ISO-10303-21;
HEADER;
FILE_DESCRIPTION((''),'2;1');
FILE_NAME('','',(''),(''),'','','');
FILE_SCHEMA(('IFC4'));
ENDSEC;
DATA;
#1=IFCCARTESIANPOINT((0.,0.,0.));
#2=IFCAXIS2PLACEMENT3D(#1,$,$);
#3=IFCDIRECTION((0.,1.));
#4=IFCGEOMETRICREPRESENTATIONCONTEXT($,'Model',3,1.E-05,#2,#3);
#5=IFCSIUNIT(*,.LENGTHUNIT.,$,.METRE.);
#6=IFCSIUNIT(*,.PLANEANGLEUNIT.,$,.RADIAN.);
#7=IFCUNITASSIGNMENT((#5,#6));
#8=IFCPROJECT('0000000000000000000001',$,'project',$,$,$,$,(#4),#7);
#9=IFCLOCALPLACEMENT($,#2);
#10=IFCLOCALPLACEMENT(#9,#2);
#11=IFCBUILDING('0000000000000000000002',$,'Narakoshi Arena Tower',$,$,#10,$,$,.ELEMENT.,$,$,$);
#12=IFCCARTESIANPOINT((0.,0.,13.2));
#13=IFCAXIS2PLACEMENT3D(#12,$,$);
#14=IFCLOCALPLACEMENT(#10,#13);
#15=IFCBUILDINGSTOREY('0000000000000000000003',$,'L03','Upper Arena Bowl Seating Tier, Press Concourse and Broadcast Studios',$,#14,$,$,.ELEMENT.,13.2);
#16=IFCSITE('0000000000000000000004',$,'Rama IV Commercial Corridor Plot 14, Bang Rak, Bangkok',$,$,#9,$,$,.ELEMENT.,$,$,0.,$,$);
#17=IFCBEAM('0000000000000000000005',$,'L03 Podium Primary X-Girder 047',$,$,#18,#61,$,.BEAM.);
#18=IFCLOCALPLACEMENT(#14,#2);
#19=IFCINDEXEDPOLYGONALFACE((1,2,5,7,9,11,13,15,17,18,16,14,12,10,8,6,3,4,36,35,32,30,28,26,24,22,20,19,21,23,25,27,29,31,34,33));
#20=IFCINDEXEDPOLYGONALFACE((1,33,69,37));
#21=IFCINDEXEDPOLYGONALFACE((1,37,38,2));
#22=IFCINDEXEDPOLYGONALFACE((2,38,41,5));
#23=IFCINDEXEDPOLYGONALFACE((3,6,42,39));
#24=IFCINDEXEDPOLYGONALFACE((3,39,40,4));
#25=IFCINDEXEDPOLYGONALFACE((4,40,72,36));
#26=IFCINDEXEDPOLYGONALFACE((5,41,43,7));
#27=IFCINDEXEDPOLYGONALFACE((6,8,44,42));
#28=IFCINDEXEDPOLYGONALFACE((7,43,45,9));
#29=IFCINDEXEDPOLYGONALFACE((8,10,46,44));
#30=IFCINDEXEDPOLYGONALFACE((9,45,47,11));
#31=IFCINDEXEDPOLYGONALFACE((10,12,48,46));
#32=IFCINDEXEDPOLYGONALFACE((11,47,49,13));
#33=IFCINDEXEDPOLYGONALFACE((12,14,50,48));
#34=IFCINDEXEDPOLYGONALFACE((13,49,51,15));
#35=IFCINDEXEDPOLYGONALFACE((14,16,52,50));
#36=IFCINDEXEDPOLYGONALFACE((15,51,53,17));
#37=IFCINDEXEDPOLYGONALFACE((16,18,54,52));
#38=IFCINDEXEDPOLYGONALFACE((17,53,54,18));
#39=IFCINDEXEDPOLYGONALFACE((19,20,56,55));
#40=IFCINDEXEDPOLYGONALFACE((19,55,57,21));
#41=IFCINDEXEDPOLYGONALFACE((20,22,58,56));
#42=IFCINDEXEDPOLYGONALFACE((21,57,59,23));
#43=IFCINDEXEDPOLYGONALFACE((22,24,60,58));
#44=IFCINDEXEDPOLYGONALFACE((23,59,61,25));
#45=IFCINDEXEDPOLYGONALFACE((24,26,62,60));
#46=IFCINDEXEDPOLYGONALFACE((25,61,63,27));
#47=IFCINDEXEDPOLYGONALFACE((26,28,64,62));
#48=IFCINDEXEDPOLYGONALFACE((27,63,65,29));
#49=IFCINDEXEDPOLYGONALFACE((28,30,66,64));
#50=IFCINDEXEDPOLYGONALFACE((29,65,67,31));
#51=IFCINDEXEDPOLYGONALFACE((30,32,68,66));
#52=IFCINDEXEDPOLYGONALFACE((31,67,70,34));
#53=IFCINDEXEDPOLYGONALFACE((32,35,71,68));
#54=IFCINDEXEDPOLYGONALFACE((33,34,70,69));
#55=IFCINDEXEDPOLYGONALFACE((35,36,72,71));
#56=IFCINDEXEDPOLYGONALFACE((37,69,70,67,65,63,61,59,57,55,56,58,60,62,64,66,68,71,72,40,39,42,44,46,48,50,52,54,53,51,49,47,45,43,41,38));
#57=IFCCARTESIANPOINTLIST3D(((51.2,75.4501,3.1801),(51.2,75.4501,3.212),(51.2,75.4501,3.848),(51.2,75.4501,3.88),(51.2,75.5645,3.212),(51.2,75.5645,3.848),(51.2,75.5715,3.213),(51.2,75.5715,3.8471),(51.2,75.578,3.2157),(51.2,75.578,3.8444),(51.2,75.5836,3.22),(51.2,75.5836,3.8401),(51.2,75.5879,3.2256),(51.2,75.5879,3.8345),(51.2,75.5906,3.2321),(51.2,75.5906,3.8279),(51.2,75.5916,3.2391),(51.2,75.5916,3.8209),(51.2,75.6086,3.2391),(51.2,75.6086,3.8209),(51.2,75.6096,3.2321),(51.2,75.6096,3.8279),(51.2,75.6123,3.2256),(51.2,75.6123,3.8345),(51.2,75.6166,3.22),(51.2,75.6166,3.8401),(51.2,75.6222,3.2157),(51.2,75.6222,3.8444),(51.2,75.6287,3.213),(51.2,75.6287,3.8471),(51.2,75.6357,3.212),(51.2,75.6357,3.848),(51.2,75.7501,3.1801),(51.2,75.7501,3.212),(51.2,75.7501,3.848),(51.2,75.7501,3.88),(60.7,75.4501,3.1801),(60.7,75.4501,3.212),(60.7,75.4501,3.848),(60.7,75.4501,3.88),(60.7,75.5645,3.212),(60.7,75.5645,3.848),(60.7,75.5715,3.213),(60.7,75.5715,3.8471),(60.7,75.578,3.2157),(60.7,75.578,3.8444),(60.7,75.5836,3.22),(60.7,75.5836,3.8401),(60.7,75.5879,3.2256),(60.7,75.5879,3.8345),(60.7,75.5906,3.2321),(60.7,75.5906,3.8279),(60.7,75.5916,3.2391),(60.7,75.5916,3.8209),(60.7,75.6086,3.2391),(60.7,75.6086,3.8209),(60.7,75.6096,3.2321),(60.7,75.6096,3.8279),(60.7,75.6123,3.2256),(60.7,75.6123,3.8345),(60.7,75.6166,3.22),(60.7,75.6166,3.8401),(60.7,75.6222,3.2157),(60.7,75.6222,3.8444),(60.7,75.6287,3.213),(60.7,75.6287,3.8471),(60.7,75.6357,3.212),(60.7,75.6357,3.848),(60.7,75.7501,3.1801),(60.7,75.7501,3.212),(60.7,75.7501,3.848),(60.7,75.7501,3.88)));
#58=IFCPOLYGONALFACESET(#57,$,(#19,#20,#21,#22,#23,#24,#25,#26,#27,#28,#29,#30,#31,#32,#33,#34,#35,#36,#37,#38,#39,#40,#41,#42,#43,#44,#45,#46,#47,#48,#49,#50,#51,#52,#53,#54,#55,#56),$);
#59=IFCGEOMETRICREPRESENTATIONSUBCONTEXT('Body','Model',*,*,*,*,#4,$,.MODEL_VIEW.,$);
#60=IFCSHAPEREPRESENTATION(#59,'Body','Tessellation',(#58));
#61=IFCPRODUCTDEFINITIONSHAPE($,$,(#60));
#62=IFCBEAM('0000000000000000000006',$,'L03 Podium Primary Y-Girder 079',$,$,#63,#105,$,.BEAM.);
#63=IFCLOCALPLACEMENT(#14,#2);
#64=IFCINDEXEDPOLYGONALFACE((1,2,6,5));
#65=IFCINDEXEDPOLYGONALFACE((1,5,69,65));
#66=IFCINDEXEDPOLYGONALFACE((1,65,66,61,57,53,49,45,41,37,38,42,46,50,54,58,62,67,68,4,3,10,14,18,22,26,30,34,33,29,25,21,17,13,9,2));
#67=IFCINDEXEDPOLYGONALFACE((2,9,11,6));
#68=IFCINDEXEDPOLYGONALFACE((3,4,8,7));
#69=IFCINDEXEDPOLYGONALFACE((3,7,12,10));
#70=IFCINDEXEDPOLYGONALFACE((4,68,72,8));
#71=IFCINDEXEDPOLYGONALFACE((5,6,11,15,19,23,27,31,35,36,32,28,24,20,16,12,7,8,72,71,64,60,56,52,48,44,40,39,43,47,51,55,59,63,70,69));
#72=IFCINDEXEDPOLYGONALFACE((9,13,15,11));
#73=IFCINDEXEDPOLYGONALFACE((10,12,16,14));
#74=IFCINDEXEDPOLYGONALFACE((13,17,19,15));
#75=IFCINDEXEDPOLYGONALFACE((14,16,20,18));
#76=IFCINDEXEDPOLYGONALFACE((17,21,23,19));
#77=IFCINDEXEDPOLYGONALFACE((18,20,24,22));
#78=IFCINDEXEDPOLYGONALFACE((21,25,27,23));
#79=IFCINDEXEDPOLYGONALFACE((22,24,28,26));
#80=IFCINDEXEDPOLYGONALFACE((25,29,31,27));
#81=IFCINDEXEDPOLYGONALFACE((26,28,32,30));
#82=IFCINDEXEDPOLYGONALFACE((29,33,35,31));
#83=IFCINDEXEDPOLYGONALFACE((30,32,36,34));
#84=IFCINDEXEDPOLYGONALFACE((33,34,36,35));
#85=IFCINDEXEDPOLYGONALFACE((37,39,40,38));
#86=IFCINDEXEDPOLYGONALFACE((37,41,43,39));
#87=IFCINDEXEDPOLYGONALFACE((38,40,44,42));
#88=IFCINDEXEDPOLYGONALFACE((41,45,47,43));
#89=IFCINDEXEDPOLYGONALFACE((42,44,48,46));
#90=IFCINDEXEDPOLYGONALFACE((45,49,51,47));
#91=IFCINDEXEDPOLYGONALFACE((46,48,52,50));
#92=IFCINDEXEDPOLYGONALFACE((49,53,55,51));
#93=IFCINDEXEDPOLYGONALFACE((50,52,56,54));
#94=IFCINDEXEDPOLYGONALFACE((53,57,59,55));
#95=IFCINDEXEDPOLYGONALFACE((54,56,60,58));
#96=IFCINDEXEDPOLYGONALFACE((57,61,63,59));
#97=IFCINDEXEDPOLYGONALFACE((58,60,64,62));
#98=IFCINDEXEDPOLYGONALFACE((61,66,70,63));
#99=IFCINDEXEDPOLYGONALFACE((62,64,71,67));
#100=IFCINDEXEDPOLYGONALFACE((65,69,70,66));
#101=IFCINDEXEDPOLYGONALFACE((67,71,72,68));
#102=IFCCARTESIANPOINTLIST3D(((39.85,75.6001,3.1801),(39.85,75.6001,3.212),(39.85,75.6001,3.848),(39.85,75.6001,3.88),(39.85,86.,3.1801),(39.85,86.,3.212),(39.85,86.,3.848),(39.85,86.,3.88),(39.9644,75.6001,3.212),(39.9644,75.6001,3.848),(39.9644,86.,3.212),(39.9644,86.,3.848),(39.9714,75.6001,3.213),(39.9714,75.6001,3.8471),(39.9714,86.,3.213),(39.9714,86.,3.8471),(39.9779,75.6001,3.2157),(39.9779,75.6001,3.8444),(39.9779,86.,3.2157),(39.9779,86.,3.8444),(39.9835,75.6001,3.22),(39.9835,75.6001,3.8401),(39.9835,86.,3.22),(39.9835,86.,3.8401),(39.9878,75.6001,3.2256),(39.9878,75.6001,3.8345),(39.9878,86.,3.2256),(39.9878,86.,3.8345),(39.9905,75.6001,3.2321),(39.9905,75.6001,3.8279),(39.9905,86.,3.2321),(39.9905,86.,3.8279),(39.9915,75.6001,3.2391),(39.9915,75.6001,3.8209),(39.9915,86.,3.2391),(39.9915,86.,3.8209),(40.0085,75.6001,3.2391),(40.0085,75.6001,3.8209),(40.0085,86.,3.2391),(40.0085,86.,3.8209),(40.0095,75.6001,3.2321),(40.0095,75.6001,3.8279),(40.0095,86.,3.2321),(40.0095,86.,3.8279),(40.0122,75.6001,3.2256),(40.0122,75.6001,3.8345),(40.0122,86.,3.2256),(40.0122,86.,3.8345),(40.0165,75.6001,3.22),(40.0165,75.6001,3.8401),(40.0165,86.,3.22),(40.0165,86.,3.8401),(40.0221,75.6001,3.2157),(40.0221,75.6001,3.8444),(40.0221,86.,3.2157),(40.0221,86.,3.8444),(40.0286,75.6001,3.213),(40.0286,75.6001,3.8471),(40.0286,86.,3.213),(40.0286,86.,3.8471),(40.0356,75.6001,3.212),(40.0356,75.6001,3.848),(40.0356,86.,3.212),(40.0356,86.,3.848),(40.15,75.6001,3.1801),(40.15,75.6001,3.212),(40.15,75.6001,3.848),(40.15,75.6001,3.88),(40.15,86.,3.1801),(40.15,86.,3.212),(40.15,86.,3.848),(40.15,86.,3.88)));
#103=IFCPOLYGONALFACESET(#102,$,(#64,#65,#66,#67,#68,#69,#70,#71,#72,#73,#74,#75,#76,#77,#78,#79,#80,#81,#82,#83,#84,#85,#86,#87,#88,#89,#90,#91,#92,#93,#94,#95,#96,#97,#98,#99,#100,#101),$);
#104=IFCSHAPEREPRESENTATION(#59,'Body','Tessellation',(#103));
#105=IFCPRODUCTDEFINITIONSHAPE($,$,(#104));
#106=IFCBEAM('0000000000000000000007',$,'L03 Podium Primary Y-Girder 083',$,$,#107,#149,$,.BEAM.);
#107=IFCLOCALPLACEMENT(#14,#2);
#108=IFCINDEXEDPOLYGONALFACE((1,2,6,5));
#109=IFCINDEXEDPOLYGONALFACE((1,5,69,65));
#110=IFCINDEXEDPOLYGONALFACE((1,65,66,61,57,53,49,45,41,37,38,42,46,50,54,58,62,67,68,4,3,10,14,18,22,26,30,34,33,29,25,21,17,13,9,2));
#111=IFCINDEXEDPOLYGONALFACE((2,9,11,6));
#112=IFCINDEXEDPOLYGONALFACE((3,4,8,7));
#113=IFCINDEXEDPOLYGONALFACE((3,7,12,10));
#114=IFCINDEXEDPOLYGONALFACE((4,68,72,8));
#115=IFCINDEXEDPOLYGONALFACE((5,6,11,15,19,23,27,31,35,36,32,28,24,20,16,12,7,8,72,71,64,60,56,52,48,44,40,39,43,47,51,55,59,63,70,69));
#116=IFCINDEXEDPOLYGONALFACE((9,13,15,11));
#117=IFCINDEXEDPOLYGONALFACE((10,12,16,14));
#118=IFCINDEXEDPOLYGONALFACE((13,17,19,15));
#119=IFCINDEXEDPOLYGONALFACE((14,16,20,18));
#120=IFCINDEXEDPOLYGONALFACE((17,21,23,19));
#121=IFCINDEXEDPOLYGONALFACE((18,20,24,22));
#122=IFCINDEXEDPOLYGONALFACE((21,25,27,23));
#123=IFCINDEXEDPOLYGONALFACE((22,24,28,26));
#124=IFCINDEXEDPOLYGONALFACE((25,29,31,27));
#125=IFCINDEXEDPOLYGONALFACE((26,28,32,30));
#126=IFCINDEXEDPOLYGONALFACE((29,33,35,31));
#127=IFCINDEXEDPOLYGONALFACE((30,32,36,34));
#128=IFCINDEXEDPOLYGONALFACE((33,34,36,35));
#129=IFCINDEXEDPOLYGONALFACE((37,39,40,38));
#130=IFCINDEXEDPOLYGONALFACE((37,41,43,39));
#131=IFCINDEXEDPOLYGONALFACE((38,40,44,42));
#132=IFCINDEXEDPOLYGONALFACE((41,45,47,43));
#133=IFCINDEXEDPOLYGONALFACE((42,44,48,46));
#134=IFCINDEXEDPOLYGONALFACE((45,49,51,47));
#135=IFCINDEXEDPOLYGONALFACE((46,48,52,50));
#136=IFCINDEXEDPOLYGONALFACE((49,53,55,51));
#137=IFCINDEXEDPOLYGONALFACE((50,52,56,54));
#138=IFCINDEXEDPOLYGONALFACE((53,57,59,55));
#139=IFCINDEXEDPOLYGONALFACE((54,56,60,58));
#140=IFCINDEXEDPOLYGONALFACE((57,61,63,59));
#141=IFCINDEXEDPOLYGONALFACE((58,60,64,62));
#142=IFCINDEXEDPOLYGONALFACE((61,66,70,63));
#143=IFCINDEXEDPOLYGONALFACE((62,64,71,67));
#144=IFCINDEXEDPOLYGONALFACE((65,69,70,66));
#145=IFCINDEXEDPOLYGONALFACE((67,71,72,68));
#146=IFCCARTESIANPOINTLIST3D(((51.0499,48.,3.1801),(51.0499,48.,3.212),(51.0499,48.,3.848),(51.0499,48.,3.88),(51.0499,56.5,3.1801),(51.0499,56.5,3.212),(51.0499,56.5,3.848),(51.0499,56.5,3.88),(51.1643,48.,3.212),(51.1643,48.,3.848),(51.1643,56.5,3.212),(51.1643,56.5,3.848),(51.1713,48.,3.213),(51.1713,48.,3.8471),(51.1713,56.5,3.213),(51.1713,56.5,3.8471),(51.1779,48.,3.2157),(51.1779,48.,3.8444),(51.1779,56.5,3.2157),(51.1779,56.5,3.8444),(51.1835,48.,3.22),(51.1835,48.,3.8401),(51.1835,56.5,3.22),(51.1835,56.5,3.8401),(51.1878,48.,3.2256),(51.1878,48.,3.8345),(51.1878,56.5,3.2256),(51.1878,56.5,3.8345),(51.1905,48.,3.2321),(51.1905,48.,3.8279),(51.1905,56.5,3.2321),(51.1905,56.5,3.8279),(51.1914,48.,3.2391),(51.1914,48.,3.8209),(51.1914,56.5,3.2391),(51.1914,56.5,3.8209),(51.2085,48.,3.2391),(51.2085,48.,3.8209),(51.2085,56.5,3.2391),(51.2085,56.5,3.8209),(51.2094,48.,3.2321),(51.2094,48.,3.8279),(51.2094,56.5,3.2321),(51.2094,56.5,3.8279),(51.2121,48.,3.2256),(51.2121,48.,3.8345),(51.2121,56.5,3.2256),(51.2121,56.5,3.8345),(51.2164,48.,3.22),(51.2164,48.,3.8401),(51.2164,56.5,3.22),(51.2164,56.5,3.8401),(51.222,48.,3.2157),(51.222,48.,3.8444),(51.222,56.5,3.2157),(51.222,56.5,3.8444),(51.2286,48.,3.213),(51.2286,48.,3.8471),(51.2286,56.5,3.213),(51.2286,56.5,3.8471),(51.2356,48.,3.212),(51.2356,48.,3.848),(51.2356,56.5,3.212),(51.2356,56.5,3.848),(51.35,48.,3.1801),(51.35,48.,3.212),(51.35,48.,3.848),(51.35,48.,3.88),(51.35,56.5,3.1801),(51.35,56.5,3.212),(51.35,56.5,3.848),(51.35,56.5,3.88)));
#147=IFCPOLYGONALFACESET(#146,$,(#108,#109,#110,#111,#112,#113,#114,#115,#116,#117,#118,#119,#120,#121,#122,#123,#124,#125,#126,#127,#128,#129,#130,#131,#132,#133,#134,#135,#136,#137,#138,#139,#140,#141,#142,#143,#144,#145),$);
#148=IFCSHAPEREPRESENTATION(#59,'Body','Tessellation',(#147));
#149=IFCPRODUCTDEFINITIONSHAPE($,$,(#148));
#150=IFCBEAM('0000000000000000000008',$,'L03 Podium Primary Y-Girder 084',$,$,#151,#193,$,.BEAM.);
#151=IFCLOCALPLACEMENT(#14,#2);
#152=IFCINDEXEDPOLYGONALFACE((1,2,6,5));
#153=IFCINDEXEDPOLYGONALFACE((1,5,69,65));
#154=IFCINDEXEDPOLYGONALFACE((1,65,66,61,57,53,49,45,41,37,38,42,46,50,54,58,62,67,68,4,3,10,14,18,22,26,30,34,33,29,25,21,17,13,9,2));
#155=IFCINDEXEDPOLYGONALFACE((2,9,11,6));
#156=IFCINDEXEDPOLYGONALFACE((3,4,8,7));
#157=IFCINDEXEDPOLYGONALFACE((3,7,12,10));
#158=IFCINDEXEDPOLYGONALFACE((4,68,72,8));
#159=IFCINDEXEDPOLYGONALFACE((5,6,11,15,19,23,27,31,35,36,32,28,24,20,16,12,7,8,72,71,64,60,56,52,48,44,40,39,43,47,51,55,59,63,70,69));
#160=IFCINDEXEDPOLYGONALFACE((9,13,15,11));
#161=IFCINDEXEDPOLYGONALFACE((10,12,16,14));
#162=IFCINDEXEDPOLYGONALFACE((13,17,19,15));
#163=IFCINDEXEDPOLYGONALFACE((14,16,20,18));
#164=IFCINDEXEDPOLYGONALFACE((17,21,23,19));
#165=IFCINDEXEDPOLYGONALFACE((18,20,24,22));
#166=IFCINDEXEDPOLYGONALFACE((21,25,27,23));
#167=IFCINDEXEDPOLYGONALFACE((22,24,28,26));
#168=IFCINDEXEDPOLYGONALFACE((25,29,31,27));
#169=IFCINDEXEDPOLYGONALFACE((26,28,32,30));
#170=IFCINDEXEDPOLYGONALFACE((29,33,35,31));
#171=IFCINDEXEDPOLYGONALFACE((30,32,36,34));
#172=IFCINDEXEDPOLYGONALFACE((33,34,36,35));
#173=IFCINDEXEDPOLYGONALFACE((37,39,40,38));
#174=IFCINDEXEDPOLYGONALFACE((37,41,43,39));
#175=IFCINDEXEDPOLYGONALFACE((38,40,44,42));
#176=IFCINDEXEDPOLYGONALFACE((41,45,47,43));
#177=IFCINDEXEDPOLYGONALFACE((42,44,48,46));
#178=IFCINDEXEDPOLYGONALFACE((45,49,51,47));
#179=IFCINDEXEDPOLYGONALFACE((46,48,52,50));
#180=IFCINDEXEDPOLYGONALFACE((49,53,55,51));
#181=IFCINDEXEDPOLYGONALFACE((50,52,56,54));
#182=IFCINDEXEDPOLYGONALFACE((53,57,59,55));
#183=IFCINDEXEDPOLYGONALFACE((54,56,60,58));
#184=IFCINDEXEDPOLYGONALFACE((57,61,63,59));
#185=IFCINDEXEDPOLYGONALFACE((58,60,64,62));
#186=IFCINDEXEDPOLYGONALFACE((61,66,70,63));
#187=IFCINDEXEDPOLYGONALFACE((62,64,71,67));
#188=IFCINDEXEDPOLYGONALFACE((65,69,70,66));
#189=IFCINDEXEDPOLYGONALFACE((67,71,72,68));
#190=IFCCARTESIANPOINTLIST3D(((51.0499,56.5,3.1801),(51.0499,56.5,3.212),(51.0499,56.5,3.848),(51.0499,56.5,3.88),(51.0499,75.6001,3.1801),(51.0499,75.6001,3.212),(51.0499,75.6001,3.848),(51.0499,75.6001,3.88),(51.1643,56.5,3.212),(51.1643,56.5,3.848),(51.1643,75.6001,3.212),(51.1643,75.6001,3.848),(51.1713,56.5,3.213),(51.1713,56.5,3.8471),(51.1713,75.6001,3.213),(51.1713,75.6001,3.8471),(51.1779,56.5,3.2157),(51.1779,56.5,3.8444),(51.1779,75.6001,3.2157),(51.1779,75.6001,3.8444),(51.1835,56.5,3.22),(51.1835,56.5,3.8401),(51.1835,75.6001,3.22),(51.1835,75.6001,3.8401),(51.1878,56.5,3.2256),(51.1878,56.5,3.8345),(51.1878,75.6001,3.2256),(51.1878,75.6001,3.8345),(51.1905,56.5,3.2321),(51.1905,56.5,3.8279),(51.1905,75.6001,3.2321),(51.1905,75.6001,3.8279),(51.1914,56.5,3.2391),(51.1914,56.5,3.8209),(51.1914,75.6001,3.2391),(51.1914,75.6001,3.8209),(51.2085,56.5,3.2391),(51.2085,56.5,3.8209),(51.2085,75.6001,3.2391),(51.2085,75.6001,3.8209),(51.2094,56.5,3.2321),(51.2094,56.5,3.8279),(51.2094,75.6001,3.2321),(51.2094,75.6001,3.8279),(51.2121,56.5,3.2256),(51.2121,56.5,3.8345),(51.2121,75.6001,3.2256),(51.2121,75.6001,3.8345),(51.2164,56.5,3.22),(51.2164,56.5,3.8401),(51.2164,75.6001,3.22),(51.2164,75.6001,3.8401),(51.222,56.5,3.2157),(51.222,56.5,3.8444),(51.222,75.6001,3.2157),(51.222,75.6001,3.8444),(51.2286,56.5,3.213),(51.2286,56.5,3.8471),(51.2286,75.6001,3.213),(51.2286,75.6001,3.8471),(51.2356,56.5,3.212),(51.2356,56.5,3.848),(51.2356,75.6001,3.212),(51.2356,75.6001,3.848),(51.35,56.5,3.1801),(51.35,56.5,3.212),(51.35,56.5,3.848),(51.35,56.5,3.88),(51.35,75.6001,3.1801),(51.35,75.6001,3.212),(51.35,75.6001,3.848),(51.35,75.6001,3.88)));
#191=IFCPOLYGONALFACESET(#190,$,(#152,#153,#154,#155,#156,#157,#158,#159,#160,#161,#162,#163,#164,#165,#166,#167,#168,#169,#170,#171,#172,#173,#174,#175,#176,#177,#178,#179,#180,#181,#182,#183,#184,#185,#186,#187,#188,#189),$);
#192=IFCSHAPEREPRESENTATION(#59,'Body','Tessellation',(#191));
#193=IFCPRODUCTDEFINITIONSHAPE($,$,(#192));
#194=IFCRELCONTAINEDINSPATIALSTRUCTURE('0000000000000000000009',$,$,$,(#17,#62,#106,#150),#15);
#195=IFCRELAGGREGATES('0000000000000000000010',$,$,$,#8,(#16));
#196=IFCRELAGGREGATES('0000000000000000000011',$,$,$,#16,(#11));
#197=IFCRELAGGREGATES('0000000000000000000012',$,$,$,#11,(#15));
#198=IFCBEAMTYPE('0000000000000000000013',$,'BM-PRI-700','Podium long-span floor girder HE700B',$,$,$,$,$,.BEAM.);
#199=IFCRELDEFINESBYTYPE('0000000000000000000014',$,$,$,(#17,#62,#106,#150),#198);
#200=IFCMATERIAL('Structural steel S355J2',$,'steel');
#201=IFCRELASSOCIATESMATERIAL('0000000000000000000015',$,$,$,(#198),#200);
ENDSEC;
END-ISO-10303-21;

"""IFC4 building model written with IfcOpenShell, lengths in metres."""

from ifc_helpers import new_model, si_unit, direction, frame, origin, origin_2d, place, context, subcontext, project, spatial, i_section, extrude, material, material_profile, profile_set, type_object, element, save


model = new_model("IFC4")

# Units and contexts
model_context = context("Model", 3, precision=1e-05, world=origin(), true_north=direction((0.0, 1.0)))
body_context = subcontext(model_context, "Body", "Model", "MODEL_VIEW")
ifc_project = project(units=[si_unit("LENGTHUNIT", "METRE"), si_unit("PLANEANGLEUNIT", "RADIAN")], contexts=[model_context])

# Site, building, storey
site_placement = place(None, origin())
site = spatial("IfcSite", under=ifc_project, at=site_placement, Name="Rama IV Commercial Corridor Plot 14, Bang Rak, Bangkok", CompositionType="ELEMENT", RefElevation=0.0)
building_placement = place(site_placement, origin())
building = spatial("IfcBuilding", under=site, at=building_placement, Name="Narakoshi Arena Tower", CompositionType="ELEMENT")
storey_placement = place(building_placement, frame((0.0, 0.0, 13.2)))
storey = spatial("IfcBuildingStorey", under=building, at=storey_placement, Name="L03", Description="Upper Arena Bowl Seating Tier, Press Concourse and Broadcast Studios", CompositionType="ELEMENT", Elevation=13.2)

# Beams
ifc_material_1 = material(Name="Structural steel S355J2", Category="steel")
ifc_material_profile_1 = material_profile(ifc_material_1, i_section(OverallWidth=0.3, OverallDepth=0.7, WebThickness=0.0171, FlangeThickness=0.032, FilletRadius=0.0271, at=origin_2d()), Name="HE700B")
ifc_profile_set_1 = profile_set([ifc_material_profile_1], Name="Structural steel S355J2")
beam_type_1 = type_object("IfcBeamType", Name="BM-PRI-700", Description="Podium long-span floor girder HE700B", PredefinedType="BEAM", material=ifc_profile_set_1)
beam_1_placement = place(storey_placement, frame((51.2, 75.6001, 3.53), z_axis=(1.0, 0.0, 0.0), x_axis=(0.0, 1.0, 0.0)))
element("IfcBeam", 1, at=beam_1_placement, inside=storey, type_object=beam_type_1, Name="L03 Podium Primary X-Girder 047", PredefinedType="BEAM", context=body_context, shape_type="SweptSolid", body=[
    extrude(i_section(OverallWidth=0.3, OverallDepth=0.7, WebThickness=0.0171, FlangeThickness=0.032, FilletRadius=0.0271, at=origin_2d()), origin(), (0.0, 0.0, 1.0), 9.5),
])
beam_2_placement = place(storey_placement, frame((40.0, 75.6001, 3.53), z_axis=(0.0, 1.0, 0.0), x_axis=(-1.0, 0.0, 0.0)))
element("IfcBeam", 2, at=beam_2_placement, inside=storey, type_object=beam_type_1, Name="L03 Podium Primary Y-Girder 079", PredefinedType="BEAM", context=body_context, shape_type="SweptSolid", body=[
    extrude(i_section(OverallWidth=0.3, OverallDepth=0.7, WebThickness=0.0171, FlangeThickness=0.032, FilletRadius=0.0271, at=origin_2d()), origin(), (0.0, 0.0, 1.0), 10.3999),
])
beam_3_placement = place(storey_placement, frame((51.2, 48.0, 3.53), z_axis=(0.0, 1.0, 0.0), x_axis=(-1.0, 0.0, 0.0)))
element("IfcBeam", 3, at=beam_3_placement, inside=storey, type_object=beam_type_1, Name="L03 Podium Primary Y-Girder 083", PredefinedType="BEAM", context=body_context, shape_type="SweptSolid", body=[
    extrude(i_section(OverallWidth=0.3, OverallDepth=0.7, WebThickness=0.0171, FlangeThickness=0.032, FilletRadius=0.0271, at=origin_2d()), origin(), (0.0, 0.0, 1.0), 8.5),
])
for number, where, z_axis, x_axis, name in (
    (4, (51.2, 56.5, 3.53), (0.0, 1.0, 0.0), (-1.0, 0.0, 0.0), "L03 Podium Primary Y-Girder 084"),
):
    element("IfcBeam", number, at=place(storey_placement, frame(where, z_axis=z_axis, x_axis=x_axis)), inside=storey, type_object=beam_type_1, Name=name, PredefinedType="BEAM", context=body_context, shape_type="SweptSolid", body=[
        extrude(i_section(OverallWidth=0.3, OverallDepth=0.7, WebThickness=0.0171, FlangeThickness=0.032, FilletRadius=0.0271, at=origin_2d()), origin(), (0.0, 0.0, 1.0), 19.1001),
    ])

save(model, "model.ifc")
